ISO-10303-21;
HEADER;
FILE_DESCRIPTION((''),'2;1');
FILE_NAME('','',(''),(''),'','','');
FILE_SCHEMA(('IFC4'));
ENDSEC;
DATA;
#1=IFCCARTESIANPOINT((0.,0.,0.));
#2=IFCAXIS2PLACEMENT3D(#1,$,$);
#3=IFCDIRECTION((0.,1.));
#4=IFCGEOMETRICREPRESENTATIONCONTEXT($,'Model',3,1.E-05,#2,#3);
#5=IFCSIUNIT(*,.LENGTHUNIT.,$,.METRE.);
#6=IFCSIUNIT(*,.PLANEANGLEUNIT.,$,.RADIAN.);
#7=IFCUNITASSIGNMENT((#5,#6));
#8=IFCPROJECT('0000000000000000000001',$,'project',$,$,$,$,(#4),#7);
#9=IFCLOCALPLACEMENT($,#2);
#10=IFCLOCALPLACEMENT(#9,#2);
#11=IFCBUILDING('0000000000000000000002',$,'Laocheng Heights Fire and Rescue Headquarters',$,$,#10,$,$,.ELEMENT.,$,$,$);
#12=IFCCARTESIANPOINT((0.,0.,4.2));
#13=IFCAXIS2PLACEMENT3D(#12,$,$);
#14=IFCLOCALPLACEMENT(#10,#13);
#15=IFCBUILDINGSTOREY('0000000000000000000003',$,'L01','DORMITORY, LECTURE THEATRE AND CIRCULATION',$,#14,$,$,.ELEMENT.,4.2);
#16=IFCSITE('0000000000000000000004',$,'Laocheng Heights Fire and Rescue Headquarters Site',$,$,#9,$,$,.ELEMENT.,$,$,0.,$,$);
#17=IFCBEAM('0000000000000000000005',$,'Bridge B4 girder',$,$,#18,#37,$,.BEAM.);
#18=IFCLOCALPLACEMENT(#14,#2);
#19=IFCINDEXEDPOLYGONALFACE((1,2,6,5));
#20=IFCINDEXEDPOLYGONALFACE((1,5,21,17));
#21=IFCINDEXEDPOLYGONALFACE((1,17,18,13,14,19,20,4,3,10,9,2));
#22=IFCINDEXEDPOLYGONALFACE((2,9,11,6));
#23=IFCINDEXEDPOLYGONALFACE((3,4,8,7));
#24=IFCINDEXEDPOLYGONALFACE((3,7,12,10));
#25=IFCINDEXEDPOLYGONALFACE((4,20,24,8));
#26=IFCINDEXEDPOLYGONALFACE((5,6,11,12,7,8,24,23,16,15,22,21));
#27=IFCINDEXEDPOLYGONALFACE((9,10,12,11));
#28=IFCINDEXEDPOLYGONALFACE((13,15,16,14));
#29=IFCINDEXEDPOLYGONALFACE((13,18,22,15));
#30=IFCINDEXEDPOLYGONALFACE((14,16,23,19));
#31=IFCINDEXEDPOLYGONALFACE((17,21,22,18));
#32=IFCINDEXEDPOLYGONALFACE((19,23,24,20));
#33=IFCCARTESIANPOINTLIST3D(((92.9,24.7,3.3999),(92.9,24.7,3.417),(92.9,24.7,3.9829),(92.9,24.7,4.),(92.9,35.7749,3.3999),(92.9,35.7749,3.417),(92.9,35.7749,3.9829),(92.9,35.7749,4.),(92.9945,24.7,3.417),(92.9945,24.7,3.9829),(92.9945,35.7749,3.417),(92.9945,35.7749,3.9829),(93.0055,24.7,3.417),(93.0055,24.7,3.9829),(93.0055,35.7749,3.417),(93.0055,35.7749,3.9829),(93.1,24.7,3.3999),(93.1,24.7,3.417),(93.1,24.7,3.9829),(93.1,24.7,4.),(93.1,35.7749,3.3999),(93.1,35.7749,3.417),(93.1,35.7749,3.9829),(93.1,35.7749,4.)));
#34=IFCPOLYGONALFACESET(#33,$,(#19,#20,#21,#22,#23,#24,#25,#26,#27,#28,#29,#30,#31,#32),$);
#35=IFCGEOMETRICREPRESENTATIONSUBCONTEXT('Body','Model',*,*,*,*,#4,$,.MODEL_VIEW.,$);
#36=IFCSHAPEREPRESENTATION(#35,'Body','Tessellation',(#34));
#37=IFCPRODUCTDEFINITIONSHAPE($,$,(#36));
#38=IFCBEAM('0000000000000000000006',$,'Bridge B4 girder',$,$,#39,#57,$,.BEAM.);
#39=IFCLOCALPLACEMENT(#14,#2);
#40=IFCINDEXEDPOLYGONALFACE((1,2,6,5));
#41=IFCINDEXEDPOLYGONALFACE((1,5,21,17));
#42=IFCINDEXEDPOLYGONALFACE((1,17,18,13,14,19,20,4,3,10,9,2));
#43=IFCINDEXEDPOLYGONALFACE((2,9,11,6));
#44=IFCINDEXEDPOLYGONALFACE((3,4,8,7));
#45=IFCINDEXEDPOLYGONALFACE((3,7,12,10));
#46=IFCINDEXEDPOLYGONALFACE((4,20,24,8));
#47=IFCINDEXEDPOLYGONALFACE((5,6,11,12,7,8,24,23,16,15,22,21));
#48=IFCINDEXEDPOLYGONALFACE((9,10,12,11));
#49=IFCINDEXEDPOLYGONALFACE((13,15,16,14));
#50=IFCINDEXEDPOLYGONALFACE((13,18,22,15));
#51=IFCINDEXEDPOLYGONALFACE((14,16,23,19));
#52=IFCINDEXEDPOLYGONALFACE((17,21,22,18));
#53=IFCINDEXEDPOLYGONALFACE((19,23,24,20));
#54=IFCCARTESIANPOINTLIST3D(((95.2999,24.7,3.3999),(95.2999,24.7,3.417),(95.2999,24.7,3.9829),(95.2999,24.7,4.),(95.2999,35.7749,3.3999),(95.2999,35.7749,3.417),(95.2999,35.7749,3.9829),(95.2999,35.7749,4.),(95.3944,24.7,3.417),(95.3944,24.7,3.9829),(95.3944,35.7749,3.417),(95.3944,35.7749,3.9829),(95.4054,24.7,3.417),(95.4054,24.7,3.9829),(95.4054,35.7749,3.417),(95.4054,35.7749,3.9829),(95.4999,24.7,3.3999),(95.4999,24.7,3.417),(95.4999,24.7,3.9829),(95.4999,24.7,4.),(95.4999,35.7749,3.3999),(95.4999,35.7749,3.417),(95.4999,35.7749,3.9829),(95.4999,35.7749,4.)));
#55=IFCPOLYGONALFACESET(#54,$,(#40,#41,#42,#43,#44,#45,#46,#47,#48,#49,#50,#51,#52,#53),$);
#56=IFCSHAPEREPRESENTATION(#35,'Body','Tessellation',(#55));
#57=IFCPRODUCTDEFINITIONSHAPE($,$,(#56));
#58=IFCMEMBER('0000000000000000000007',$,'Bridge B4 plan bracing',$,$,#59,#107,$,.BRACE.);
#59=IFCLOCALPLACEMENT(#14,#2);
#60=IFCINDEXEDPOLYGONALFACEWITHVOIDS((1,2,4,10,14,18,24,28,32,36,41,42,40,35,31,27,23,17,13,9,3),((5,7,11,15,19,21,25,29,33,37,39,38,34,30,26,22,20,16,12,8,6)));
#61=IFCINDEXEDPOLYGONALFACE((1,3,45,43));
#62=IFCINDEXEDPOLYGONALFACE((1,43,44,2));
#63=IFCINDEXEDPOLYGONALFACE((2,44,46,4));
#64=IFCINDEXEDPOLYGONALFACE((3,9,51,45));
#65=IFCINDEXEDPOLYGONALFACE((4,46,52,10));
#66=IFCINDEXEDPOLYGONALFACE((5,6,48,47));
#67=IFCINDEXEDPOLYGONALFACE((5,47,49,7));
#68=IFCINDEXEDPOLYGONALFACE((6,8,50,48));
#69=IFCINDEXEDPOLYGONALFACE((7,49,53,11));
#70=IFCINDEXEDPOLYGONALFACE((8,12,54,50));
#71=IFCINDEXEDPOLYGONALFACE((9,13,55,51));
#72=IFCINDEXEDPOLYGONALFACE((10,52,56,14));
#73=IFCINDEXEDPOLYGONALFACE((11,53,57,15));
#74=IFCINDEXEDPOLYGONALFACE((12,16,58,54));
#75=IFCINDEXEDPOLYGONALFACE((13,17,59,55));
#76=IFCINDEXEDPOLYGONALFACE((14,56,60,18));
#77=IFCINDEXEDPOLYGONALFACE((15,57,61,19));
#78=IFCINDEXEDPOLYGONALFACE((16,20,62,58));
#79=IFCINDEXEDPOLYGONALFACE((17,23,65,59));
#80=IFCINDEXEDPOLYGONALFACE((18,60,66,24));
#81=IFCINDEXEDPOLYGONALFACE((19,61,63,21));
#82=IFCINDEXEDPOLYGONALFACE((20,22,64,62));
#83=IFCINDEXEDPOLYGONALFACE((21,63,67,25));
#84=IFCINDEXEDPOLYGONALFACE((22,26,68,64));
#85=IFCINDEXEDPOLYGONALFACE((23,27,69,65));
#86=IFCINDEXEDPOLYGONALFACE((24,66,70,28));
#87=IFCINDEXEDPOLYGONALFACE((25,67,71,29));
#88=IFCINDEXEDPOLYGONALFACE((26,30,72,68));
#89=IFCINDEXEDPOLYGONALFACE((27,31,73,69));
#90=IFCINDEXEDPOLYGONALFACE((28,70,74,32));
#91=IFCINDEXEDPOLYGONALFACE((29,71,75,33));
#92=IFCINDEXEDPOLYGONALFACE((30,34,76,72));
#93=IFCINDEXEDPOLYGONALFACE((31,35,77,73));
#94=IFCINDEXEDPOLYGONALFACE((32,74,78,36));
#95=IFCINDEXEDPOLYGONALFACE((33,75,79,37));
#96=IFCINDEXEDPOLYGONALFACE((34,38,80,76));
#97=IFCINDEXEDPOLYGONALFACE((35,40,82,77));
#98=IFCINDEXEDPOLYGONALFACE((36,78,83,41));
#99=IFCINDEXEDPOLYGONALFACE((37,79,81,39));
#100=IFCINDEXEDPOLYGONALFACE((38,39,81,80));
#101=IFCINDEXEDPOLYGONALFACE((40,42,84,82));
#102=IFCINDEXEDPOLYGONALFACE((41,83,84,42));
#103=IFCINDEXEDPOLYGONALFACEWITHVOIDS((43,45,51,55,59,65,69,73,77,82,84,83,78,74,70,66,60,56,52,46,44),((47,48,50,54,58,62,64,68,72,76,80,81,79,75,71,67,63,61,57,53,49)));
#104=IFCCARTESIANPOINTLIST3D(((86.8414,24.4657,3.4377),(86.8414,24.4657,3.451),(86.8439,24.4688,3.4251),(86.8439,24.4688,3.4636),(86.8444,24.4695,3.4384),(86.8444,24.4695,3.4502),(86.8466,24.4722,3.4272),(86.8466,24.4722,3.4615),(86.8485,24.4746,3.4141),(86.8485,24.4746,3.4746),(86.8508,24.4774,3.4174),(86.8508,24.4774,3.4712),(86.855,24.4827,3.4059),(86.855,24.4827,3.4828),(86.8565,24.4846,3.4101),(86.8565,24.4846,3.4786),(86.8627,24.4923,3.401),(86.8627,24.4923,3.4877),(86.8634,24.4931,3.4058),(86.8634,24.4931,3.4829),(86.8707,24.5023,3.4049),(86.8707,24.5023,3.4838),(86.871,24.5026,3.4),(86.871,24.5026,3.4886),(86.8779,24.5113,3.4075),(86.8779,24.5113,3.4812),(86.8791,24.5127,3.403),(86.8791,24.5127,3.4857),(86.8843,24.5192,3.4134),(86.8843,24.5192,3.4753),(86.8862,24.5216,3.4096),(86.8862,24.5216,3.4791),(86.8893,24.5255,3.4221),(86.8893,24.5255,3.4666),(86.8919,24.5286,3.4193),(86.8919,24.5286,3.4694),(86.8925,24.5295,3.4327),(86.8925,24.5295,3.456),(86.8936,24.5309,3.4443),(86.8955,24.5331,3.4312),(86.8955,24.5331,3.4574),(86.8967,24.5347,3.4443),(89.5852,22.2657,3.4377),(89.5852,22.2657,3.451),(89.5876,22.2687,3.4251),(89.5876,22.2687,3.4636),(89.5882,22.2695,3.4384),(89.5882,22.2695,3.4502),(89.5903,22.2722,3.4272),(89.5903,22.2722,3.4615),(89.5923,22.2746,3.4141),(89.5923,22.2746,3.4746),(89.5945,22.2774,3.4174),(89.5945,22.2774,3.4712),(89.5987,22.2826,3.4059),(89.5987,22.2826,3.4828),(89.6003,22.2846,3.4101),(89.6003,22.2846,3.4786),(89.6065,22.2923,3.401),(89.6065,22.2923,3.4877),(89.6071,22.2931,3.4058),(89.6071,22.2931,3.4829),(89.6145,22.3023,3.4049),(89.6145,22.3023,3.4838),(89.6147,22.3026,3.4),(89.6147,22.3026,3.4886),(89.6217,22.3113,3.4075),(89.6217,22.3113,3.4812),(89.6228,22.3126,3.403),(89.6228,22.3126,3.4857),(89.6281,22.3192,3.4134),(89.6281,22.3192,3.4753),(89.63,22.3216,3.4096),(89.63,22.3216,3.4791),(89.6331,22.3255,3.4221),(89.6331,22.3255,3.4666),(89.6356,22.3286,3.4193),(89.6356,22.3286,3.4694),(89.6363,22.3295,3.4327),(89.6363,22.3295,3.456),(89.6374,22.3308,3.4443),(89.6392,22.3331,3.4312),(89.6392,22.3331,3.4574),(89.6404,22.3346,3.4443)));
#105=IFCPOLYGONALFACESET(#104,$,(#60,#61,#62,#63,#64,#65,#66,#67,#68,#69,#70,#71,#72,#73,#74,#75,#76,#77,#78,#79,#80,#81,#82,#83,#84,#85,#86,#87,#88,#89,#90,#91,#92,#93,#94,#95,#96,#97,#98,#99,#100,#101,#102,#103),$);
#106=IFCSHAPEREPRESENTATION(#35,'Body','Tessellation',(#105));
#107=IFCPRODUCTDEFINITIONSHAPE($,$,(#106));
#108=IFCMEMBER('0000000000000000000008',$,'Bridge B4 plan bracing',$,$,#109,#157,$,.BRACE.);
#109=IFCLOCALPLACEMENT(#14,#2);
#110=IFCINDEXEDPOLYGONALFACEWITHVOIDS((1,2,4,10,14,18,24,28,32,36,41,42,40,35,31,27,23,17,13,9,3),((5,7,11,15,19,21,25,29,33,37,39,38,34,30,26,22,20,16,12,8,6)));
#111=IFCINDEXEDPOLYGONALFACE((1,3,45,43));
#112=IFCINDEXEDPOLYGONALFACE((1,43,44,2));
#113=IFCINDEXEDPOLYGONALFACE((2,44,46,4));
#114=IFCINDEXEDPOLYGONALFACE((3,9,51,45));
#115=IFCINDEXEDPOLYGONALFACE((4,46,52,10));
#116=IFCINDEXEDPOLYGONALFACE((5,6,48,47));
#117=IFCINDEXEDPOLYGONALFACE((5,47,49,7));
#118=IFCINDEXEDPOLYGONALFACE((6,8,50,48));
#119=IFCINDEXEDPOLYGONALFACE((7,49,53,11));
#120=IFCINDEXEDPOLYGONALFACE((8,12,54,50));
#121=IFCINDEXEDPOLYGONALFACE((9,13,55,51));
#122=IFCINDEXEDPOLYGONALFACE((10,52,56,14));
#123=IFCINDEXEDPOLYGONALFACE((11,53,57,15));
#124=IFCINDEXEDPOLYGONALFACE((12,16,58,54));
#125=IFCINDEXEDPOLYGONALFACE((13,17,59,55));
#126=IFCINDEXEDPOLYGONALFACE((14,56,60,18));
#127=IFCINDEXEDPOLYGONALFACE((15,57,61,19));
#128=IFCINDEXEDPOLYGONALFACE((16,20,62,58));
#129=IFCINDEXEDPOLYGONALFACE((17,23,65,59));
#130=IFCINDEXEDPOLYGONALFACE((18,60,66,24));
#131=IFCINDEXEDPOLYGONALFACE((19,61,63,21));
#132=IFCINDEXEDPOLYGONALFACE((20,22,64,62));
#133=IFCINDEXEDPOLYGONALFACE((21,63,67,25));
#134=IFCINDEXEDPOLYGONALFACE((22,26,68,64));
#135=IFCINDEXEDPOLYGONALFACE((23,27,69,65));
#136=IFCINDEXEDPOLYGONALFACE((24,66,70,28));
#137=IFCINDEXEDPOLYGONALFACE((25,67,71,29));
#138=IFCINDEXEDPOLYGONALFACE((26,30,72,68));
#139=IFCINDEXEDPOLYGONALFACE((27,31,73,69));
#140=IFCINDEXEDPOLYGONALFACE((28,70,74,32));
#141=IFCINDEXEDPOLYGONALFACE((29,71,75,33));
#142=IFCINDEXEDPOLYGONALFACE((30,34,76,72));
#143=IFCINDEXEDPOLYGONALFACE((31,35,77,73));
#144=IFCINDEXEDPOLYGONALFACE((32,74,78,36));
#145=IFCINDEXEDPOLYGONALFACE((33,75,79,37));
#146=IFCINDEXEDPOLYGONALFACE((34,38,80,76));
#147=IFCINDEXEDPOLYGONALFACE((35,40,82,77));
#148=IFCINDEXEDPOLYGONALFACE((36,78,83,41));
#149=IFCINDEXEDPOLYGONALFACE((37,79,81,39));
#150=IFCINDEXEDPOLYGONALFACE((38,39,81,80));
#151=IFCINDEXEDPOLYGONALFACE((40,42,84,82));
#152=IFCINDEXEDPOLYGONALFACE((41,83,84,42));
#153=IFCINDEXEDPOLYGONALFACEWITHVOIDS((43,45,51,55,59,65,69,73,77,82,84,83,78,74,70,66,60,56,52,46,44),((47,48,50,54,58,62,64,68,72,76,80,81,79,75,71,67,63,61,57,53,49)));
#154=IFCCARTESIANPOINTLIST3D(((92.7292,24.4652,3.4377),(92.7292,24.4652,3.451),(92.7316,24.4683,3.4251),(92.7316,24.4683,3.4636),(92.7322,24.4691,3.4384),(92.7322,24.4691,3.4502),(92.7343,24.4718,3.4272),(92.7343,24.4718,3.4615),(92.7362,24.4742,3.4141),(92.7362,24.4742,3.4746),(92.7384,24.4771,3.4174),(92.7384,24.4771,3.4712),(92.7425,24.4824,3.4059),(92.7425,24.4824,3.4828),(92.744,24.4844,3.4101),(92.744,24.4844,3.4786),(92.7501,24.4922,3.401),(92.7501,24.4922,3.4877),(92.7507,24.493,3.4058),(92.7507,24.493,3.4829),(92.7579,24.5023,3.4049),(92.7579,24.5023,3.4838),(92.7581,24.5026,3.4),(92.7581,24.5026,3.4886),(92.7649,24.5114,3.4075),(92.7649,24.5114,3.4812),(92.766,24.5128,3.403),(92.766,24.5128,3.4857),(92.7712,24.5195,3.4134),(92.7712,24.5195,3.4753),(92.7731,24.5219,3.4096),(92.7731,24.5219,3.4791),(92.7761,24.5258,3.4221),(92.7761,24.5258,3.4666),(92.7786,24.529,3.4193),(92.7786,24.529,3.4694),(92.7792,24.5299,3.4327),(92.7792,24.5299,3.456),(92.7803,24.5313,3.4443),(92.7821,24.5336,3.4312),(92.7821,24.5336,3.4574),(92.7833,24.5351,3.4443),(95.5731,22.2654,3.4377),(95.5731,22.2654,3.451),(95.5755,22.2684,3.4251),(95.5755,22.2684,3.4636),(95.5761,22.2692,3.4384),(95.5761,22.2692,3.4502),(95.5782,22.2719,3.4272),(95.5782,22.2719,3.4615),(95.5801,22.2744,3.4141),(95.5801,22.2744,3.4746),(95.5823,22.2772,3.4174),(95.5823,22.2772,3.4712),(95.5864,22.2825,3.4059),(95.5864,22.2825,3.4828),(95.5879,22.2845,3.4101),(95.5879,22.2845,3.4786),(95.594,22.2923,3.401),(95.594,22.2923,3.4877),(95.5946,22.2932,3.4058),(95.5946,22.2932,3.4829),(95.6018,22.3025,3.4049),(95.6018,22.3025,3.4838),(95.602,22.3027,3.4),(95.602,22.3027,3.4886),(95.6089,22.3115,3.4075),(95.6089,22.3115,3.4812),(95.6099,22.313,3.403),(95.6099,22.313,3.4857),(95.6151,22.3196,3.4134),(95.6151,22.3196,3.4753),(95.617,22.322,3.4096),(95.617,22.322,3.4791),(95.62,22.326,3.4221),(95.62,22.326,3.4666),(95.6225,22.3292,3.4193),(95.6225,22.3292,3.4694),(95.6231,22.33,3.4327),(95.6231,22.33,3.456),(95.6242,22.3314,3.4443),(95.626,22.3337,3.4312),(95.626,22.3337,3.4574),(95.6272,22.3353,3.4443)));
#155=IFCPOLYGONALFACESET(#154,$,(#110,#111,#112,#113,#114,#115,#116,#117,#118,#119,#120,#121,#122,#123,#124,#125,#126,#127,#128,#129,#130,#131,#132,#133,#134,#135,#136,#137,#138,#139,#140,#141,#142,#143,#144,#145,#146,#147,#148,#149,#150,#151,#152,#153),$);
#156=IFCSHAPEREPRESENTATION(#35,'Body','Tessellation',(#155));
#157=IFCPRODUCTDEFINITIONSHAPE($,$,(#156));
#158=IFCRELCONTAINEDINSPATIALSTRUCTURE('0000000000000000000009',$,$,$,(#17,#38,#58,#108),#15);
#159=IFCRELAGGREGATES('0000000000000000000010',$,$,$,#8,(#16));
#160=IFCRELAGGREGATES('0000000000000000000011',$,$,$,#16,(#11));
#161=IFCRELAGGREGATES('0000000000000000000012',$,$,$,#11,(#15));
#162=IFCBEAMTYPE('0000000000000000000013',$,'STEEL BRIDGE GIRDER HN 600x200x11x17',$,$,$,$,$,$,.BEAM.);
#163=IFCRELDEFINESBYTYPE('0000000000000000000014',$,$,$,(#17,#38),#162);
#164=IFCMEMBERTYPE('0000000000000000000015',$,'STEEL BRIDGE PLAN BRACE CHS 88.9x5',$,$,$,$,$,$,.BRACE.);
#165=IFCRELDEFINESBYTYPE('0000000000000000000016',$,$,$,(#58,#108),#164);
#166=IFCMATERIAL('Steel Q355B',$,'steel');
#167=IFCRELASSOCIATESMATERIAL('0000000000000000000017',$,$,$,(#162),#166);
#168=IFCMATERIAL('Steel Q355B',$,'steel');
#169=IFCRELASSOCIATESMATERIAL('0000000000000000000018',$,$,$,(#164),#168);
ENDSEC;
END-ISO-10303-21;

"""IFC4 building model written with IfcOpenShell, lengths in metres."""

from ifc_helpers import new_model, si_unit, direction, frame, origin, origin_2d, place, context, subcontext, project, spatial, hollow_circle, i_section, extrude, material, material_profile, profile_set, type_object, element, save


model = new_model("IFC4")

# Units and contexts
model_context = context("Model", 3, precision=1e-05, world=origin(), true_north=direction((0.0, 1.0)))
body_context = subcontext(model_context, "Body", "Model", "MODEL_VIEW")
ifc_project = project(units=[si_unit("LENGTHUNIT", "METRE"), si_unit("PLANEANGLEUNIT", "RADIAN")], contexts=[model_context])

# Site, building, storey
site_placement = place(None, origin())
site = spatial("IfcSite", under=ifc_project, at=site_placement, Name="Laocheng Heights Fire and Rescue Headquarters Site", CompositionType="ELEMENT", RefElevation=0.0)
building_placement = place(site_placement, origin())
building = spatial("IfcBuilding", under=site, at=building_placement, Name="Laocheng Heights Fire and Rescue Headquarters", CompositionType="ELEMENT")
storey_placement = place(building_placement, frame((0.0, 0.0, 4.2)))
storey = spatial("IfcBuildingStorey", under=building, at=storey_placement, Name="L01", Description="DORMITORY, LECTURE THEATRE AND CIRCULATION", CompositionType="ELEMENT", Elevation=4.2)

# Beams
ifc_material_1 = material(Name="Steel Q355B", Category="steel")
ifc_material_profile_1 = material_profile(ifc_material_1, i_section(OverallWidth=0.2, OverallDepth=0.6001, WebThickness=0.011, FlangeThickness=0.0171, at=origin_2d()), Name="HN 600x200x11x17")
ifc_profile_set_1 = profile_set([ifc_material_profile_1], Name="Steel Q355B")
beam_type_1 = type_object("IfcBeamType", Name="STEEL BRIDGE GIRDER HN 600x200x11x17", PredefinedType="BEAM", material=ifc_profile_set_1)
for number, where, z_axis, x_axis, name in (
    (1, (93.0, 24.7, 3.7), (0.0, 1.0, 0.0), (-1.0, 0.0, 0.0), "Bridge B4 girder"),
    (2, (95.3999, 24.7, 3.7), (0.0, 1.0, 0.0), (-1.0, 0.0, 0.0), "Bridge B4 girder"),
):
    element("IfcBeam", number, at=place(storey_placement, frame(where, z_axis=z_axis, x_axis=x_axis)), inside=storey, type_object=beam_type_1, Name=name, PredefinedType="BEAM", context=body_context, shape_type="SweptSolid", body=[
        extrude(i_section(OverallWidth=0.2, OverallDepth=0.6001, WebThickness=0.011, FlangeThickness=0.0171, at=origin_2d()), origin(), (0.0, 0.0, 1.0), 11.075),
    ])

# Members
ifc_material_2 = material(Name="Steel Q355B", Category="steel")
ifc_material_profile_2 = material_profile(ifc_material_2, hollow_circle(Radius=0.0444, WallThickness=0.0049, at=origin_2d()), Name="CHS 88.9x5")
ifc_profile_set_2 = profile_set([ifc_material_profile_2], Name="Steel Q355B")
member_type = type_object("IfcMemberType", Name="STEEL BRIDGE PLAN BRACE CHS 88.9x5", PredefinedType="BRACE", material=ifc_profile_set_2)
member_1_placement = place(storey_placement, frame((86.8689, 24.5, 3.4443), z_axis=(0.780171, -0.625567, 0.0), x_axis=(0.625567, 0.780171, 0.0)))
element("IfcMember", 3, at=member_1_placement, inside=storey, type_object=member_type, Name="Bridge B4 plan bracing", PredefinedType="BRACE", context=body_context, shape_type="SweptSolid", body=[
    extrude(hollow_circle(Radius=0.0444, WallThickness=0.0049, at=origin_2d()), origin(), (0.0, 0.0, 1.0), 3.5168),
])
member_2_placement = place(storey_placement, frame((92.7561, 24.5, 3.4443), z_axis=(0.790973, -0.611851, 0.0), x_axis=(0.611851, 0.790973, 0.0)))
element("IfcMember", 4, at=member_2_placement, inside=storey, type_object=member_type, Name="Bridge B4 plan bracing", PredefinedType="BRACE", context=body_context, shape_type="SweptSolid", body=[
    extrude(hollow_circle(Radius=0.0444, WallThickness=0.0049, at=origin_2d()), origin(), (0.0, 0.0, 1.0), 3.5955),
])

save(model, "model.ifc")
